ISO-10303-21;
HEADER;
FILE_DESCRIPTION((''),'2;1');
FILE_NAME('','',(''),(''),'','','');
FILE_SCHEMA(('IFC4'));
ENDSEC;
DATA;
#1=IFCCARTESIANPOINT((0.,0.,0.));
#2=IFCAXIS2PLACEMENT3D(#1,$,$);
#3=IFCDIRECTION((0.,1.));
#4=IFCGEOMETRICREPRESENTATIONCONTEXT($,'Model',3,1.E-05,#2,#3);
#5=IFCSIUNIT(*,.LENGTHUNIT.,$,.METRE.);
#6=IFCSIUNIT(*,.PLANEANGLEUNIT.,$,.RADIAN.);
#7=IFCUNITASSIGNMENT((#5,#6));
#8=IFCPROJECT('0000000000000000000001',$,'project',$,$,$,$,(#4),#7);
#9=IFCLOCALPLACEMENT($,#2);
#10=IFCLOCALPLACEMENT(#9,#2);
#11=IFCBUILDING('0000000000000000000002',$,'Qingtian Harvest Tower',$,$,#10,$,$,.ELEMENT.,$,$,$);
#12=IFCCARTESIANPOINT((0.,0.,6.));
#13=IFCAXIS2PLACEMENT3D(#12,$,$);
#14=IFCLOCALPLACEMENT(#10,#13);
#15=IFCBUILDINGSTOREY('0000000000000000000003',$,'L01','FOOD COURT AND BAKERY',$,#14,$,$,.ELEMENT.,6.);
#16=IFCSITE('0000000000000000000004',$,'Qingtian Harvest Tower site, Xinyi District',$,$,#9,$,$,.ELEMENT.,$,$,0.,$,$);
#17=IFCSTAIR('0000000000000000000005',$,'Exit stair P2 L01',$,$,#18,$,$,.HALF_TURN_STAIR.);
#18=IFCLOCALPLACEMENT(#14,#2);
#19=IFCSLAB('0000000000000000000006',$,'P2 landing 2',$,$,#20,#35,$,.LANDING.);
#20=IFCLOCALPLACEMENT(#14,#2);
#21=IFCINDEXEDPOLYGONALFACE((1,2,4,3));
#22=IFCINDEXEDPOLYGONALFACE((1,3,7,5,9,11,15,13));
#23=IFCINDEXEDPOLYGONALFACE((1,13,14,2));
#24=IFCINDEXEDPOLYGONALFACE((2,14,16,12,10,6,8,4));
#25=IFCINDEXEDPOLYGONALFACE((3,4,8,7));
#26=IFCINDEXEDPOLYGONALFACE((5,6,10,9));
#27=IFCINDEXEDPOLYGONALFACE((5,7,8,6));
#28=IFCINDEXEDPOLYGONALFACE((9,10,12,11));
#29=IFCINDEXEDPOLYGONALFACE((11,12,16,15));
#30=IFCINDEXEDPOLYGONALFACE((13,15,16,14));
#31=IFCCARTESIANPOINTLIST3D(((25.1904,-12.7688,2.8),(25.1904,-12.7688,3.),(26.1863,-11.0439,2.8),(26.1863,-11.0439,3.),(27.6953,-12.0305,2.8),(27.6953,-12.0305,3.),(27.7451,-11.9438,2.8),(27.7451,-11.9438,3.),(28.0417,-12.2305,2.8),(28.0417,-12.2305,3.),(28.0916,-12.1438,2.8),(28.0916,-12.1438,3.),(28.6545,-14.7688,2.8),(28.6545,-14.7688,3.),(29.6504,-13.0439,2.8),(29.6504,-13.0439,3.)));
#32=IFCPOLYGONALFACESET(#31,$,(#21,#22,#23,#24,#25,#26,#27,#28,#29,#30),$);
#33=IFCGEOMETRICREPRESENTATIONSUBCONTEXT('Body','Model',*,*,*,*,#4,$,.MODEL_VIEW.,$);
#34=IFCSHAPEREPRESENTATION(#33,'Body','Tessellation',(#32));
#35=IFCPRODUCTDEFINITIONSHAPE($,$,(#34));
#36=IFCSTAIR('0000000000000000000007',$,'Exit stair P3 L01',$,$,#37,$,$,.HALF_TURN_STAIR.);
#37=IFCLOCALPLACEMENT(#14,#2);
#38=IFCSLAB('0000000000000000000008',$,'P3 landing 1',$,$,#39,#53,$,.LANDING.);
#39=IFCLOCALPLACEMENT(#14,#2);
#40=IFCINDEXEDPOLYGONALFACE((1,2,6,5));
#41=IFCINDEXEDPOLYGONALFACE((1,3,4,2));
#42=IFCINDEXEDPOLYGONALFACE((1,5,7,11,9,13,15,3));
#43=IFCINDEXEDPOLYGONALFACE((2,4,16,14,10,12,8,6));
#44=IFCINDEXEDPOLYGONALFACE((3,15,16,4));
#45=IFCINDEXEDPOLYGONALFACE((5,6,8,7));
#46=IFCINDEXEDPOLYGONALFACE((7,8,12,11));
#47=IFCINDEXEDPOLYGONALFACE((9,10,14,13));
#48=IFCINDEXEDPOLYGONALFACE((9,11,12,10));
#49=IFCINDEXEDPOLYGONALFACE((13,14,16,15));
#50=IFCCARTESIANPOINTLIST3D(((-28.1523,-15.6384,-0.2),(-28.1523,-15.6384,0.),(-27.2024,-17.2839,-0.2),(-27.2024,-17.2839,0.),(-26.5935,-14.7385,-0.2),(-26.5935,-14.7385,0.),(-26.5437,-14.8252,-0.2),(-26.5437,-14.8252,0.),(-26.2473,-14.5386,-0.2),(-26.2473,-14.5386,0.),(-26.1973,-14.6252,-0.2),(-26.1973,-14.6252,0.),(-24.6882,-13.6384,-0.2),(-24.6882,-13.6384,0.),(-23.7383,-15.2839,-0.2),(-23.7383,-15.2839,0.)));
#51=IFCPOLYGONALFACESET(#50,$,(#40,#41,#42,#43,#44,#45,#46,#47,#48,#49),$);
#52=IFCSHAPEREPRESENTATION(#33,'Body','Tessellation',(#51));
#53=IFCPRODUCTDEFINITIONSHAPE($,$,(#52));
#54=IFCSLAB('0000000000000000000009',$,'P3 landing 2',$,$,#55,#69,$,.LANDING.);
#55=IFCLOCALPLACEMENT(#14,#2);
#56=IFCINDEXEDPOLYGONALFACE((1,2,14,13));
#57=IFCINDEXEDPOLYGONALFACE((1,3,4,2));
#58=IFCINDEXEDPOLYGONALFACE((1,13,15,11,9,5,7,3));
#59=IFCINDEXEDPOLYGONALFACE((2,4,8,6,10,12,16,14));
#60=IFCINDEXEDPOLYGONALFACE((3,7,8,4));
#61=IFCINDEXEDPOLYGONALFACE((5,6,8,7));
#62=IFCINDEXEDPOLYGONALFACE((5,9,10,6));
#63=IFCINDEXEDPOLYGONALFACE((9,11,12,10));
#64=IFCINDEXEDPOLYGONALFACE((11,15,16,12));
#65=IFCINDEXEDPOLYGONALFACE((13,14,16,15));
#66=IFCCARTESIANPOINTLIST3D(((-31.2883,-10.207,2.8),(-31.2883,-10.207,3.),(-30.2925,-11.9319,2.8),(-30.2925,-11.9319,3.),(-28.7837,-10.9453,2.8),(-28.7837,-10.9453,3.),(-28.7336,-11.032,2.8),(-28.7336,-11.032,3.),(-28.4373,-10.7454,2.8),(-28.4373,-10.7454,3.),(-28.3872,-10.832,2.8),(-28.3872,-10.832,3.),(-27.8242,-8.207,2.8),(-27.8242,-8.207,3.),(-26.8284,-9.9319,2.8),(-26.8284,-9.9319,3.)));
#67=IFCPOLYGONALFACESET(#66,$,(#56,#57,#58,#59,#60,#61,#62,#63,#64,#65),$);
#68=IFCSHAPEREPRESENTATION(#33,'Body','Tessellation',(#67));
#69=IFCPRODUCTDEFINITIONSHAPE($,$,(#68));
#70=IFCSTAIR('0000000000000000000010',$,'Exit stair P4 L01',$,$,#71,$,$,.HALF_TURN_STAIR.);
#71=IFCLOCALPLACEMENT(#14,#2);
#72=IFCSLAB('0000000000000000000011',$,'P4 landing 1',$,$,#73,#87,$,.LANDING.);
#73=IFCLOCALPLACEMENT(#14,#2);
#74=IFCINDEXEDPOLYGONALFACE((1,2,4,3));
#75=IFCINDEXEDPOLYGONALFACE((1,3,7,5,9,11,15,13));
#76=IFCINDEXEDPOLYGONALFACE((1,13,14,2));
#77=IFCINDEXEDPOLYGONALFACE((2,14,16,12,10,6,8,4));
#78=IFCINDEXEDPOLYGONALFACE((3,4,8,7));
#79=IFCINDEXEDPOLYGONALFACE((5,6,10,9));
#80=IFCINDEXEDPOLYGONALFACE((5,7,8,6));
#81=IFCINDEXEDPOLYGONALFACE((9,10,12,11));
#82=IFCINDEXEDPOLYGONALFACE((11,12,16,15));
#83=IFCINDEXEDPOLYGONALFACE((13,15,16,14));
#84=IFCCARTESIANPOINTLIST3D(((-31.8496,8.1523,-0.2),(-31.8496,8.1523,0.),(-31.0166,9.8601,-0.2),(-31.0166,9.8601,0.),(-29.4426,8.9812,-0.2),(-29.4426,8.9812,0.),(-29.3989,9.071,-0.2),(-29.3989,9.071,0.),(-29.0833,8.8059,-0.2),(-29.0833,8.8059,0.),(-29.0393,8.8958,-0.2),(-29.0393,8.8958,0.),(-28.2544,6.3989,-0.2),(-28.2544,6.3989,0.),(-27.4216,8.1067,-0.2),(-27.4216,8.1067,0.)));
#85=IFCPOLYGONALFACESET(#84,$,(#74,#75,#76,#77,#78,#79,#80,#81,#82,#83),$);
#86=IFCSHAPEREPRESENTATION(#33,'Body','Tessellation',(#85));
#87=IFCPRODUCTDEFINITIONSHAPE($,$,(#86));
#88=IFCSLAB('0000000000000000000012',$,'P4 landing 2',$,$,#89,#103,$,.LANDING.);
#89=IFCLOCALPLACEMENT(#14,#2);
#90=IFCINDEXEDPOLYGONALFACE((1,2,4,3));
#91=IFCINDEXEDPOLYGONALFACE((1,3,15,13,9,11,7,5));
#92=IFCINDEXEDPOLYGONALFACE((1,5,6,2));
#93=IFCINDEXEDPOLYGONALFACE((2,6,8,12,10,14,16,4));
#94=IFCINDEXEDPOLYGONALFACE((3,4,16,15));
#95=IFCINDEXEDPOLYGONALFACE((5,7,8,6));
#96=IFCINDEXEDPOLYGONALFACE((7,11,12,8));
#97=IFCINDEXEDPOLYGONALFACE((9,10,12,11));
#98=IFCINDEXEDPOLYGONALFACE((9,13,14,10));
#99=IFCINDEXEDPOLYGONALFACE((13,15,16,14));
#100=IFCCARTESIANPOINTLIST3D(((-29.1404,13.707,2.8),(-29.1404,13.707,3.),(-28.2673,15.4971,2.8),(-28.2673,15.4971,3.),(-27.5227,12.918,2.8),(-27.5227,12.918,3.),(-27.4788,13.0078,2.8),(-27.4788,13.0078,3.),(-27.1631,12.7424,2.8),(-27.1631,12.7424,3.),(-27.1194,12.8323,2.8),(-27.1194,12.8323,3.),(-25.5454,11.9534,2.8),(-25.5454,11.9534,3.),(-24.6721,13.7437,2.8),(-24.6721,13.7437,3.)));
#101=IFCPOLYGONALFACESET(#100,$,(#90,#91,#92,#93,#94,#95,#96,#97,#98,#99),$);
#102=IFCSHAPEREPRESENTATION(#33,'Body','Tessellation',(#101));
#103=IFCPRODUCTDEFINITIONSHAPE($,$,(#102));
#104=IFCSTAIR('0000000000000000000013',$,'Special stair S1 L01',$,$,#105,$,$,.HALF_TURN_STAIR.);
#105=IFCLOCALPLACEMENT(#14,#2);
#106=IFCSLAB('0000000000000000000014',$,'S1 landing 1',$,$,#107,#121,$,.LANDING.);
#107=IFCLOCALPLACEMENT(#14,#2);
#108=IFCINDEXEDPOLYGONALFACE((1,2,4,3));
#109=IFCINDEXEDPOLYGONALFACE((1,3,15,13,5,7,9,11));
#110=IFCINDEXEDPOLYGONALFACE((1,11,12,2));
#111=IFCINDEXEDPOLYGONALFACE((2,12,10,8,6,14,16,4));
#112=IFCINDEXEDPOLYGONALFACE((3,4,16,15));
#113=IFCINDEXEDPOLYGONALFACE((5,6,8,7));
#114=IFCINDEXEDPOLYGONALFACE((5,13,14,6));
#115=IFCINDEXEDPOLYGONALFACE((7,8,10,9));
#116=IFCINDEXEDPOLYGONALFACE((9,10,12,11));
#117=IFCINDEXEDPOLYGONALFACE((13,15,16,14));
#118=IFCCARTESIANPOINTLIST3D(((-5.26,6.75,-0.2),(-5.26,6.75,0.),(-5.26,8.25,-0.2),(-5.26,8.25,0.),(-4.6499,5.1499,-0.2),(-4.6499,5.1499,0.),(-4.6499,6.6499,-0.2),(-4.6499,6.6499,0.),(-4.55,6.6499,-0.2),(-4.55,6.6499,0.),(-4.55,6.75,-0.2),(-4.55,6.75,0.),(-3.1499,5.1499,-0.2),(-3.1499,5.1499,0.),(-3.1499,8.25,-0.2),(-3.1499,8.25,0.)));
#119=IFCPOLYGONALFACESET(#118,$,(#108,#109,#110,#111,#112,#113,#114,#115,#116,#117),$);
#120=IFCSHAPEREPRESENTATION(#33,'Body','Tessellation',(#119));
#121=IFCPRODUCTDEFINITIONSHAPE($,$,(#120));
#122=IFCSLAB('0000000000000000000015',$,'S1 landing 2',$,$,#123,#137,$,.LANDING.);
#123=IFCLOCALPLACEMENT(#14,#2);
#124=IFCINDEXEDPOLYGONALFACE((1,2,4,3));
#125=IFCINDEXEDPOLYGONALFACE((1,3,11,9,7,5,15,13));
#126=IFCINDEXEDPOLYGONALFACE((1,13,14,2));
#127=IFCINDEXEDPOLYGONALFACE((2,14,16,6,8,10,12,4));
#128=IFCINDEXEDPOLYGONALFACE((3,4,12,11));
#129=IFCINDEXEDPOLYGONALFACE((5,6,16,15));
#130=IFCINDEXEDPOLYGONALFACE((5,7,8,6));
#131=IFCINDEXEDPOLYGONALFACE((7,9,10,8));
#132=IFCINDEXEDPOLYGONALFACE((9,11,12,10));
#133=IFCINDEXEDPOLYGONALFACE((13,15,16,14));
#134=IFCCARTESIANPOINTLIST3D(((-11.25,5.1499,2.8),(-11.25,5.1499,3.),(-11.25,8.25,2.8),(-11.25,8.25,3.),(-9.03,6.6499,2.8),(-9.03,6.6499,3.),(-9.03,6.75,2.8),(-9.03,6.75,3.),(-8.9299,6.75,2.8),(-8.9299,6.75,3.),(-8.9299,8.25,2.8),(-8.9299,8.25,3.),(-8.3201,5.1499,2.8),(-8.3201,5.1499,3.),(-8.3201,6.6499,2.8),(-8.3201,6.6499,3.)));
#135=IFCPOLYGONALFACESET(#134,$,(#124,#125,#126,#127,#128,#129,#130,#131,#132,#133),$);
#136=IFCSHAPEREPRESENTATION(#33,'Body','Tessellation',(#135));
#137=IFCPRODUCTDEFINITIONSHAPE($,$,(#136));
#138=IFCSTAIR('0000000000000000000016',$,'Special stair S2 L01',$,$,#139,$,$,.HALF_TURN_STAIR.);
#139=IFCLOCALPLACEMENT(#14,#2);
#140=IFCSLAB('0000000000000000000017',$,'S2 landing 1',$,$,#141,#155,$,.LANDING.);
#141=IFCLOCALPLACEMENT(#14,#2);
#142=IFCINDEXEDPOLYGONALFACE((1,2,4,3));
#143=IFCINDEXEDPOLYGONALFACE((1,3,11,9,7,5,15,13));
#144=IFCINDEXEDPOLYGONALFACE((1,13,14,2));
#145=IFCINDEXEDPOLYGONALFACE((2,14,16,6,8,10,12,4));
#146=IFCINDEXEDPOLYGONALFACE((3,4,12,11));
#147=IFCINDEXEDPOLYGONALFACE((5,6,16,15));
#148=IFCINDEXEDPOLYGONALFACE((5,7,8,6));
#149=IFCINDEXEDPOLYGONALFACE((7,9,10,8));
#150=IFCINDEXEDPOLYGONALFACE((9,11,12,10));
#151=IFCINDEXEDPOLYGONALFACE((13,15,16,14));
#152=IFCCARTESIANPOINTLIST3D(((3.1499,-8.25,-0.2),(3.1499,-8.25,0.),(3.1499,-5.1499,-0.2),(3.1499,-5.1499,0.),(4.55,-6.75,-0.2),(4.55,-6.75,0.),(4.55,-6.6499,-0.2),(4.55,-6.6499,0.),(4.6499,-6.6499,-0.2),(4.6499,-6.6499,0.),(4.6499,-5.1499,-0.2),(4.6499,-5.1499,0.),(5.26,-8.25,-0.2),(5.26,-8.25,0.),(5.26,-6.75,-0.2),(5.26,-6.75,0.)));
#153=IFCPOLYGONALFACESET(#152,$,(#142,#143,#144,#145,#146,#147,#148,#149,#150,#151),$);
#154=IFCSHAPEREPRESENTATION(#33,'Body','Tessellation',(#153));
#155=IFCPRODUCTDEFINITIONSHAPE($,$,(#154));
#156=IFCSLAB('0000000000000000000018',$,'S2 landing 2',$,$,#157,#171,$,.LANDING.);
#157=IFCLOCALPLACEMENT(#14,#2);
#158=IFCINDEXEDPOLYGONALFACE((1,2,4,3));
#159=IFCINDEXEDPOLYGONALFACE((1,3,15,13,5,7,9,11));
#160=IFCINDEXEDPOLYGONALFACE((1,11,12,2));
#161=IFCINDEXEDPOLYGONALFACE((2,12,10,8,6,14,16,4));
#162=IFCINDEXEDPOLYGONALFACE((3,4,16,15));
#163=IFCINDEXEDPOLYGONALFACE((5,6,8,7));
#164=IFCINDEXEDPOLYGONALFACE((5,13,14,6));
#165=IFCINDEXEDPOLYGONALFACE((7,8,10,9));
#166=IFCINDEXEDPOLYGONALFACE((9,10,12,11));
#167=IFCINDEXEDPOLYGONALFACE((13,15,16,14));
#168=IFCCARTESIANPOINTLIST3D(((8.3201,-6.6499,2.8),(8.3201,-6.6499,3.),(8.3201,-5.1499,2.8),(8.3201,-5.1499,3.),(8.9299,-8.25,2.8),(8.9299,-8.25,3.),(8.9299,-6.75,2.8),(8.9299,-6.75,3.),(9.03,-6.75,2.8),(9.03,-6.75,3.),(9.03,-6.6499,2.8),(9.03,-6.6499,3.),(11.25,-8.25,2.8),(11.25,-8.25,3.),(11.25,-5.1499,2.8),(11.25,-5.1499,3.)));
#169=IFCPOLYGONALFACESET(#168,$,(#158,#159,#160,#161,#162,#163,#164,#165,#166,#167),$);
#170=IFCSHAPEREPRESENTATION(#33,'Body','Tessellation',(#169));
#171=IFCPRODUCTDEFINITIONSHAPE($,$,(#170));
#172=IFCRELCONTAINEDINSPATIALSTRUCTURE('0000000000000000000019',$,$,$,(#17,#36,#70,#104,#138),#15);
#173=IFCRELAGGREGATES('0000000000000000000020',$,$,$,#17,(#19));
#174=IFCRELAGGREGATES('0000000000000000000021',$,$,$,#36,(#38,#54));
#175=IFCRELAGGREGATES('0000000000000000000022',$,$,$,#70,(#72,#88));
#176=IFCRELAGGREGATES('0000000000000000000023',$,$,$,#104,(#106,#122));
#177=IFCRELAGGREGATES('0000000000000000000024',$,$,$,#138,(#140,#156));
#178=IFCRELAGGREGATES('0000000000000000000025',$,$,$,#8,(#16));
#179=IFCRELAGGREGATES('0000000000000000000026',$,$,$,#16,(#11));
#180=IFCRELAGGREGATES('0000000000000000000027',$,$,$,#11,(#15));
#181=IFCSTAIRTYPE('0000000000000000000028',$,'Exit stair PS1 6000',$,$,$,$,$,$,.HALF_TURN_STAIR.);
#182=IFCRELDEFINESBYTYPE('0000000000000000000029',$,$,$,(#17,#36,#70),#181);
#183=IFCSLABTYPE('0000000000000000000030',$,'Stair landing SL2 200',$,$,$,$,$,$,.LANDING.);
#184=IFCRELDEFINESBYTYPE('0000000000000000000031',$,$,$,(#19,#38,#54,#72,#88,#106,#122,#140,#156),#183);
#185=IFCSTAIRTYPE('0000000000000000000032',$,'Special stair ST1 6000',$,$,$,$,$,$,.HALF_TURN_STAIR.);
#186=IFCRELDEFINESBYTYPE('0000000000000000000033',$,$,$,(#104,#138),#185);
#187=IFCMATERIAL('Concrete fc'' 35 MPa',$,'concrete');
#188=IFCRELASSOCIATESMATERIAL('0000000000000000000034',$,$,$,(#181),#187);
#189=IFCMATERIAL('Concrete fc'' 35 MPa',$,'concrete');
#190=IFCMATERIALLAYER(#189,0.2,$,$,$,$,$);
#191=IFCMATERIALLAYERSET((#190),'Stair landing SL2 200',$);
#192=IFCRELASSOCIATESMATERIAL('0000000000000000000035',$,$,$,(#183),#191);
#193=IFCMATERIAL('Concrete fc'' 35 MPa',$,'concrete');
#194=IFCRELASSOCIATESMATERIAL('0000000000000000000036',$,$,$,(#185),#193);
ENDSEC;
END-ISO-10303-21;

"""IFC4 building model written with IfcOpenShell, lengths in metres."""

from ifc_helpers import new_model, si_unit, direction, frame, origin, place, context, subcontext, project, spatial, polyline, outline, extrude, material, layer, layer_set, type_object, element, aggregate, save


model = new_model("IFC4")

# Units and contexts
model_context = context("Model", 3, precision=1e-05, world=origin(), true_north=direction((0.0, 1.0)))
body_context = subcontext(model_context, "Body", "Model", "MODEL_VIEW")
ifc_project = project(units=[si_unit("LENGTHUNIT", "METRE"), si_unit("PLANEANGLEUNIT", "RADIAN")], contexts=[model_context])

# Site, building, storey
site_placement = place(None, origin())
site = spatial("IfcSite", under=ifc_project, at=site_placement, Name="Qingtian Harvest Tower site, Xinyi District", CompositionType="ELEMENT", RefElevation=0.0)
building_placement = place(site_placement, origin())
building = spatial("IfcBuilding", under=site, at=building_placement, Name="Qingtian Harvest Tower", CompositionType="ELEMENT")
storey_placement = place(building_placement, frame((0.0, 0.0, 6.0)))
storey = spatial("IfcBuildingStorey", under=building, at=storey_placement, Name="L01", Description="FOOD COURT AND BAKERY", CompositionType="ELEMENT", Elevation=6.0)

# Stairs, slabs
ifc_material_1 = material(Name="Concrete fc' 35 MPa", Category="concrete")
stair_type_1 = type_object("IfcStairType", Name="Exit stair PS1 6000", PredefinedType="HALF_TURN_STAIR", material=ifc_material_1)
ifc_material_2 = material(Name="Concrete fc' 35 MPa", Category="concrete")
ifc_layer_1 = layer(ifc_material_2, 0.2)
ifc_layer_set_1 = layer_set([ifc_layer_1], Name="Stair landing SL2 200")
slab_type_1 = type_object("IfcSlabType", Name="Stair landing SL2 200", PredefinedType="LANDING", material=ifc_layer_set_1)
stair_1_placement = place(storey_placement, origin())
stair_1 = element("IfcStair", 1, at=stair_1_placement, inside=storey, type_object=stair_type_1, Name="Exit stair P2 L01", PredefinedType="HALF_TURN_STAIR")
slab_1_placement = place(storey_placement, frame((0.0, 0.0, 2.8)))
slab_1 = element("IfcSlab", 2, at=slab_1_placement, type_object=slab_type_1, Name="P2 landing 2", PredefinedType="LANDING", context=body_context, shape_type="SweptSolid", body=[
    extrude(outline(polyline([(25.1904, -12.7688), (26.1863, -11.0439), (27.7451, -11.9438), (27.6953, -12.0305), (28.0417, -12.2305), (28.0916, -12.1438), (29.6504, -13.0439), (28.6545, -14.7688), (25.1904, -12.7688)])), origin(), (0.0, 0.0, 1.0), 0.2),
])
aggregate(stair_1, [slab_1])
stair_2_placement = place(storey_placement, origin())
stair_2 = element("IfcStair", 3, at=stair_2_placement, inside=storey, type_object=stair_type_1, Name="Exit stair P3 L01", PredefinedType="HALF_TURN_STAIR")
slab_2_placement = place(storey_placement, frame((0.0, 0.0, -0.2)))
slab_2 = element("IfcSlab", 4, at=slab_2_placement, type_object=slab_type_1, Name="P3 landing 1", PredefinedType="LANDING", context=body_context, shape_type="SweptSolid", body=[
    extrude(outline(polyline([(-28.1523, -15.6384), (-26.5935, -14.7385), (-26.5437, -14.8252), (-26.1973, -14.6252), (-26.2473, -14.5386), (-24.6882, -13.6384), (-23.7383, -15.2839), (-27.2024, -17.2839), (-28.1523, -15.6384)])), origin(), (0.0, 0.0, 1.0), 0.2),
])
slab_3_placement = place(storey_placement, frame((0.0, 0.0, 2.8)))
slab_3 = element("IfcSlab", 5, at=slab_3_placement, type_object=slab_type_1, Name="P3 landing 2", PredefinedType="LANDING", context=body_context, shape_type="SweptSolid", body=[
    extrude(outline(polyline([(-27.8242, -8.207), (-26.8284, -9.9319), (-28.3872, -10.832), (-28.4373, -10.7454), (-28.7837, -10.9453), (-28.7336, -11.032), (-30.2925, -11.9319), (-31.2883, -10.207), (-27.8242, -8.207)])), origin(), (0.0, 0.0, 1.0), 0.2),
])
aggregate(stair_2, [slab_2, slab_3])
stair_3_placement = place(storey_placement, origin())
stair_3 = element("IfcStair", 6, at=stair_3_placement, inside=storey, type_object=stair_type_1, Name="Exit stair P4 L01", PredefinedType="HALF_TURN_STAIR")
slab_4_placement = place(storey_placement, frame((0.0, 0.0, -0.2)))
slab_4 = element("IfcSlab", 7, at=slab_4_placement, type_object=slab_type_1, Name="P4 landing 1", PredefinedType="LANDING", context=body_context, shape_type="SweptSolid", body=[
    extrude(outline(polyline([(-31.0166, 9.8601), (-29.3989, 9.071), (-29.4426, 8.9812), (-29.0833, 8.8059), (-29.0393, 8.8958), (-27.4216, 8.1067), (-28.2544, 6.3989), (-31.8496, 8.1523), (-31.0166, 9.8601)])), origin(), (0.0, 0.0, 1.0), 0.2),
])
slab_5_placement = place(storey_placement, frame((0.0, 0.0, 2.8)))
slab_5 = element("IfcSlab", 8, at=slab_5_placement, type_object=slab_type_1, Name="P4 landing 2", PredefinedType="LANDING", context=body_context, shape_type="SweptSolid", body=[
    extrude(outline(polyline([(-24.6721, 13.7437), (-25.5454, 11.9534), (-27.1631, 12.7424), (-27.1194, 12.8323), (-27.4788, 13.0078), (-27.5227, 12.918), (-29.1404, 13.707), (-28.2673, 15.4971), (-24.6721, 13.7437)])), origin(), (0.0, 0.0, 1.0), 0.2),
])
aggregate(stair_3, [slab_4, slab_5])
ifc_material_3 = material(Name="Concrete fc' 35 MPa", Category="concrete")
stair_type_2 = type_object("IfcStairType", Name="Special stair ST1 6000", PredefinedType="HALF_TURN_STAIR", material=ifc_material_3)
stair_4_placement = place(storey_placement, origin())
stair_4 = element("IfcStair", 9, at=stair_4_placement, inside=storey, type_object=stair_type_2, Name="Special stair S1 L01", PredefinedType="HALF_TURN_STAIR")
slab_6_placement = place(storey_placement, frame((0.0, 0.0, -0.2)))
slab_6 = element("IfcSlab", 10, at=slab_6_placement, type_object=slab_type_1, Name="S1 landing 1", PredefinedType="LANDING", context=body_context, shape_type="SweptSolid", body=[
    extrude(outline(polyline([(-4.6499, 5.1499), (-4.6499, 6.6499), (-4.55, 6.6499), (-4.55, 6.75), (-5.26, 6.75), (-5.26, 8.25), (-3.1499, 8.25), (-3.1499, 5.1499), (-4.6499, 5.1499)])), origin(), (0.0, 0.0, 1.0), 0.2),
])
slab_7_placement = place(storey_placement, frame((0.0, 0.0, 2.8)))
slab_7 = element("IfcSlab", 11, at=slab_7_placement, type_object=slab_type_1, Name="S1 landing 2", PredefinedType="LANDING", context=body_context, shape_type="SweptSolid", body=[
    extrude(outline(polyline([(-8.3201, 5.1499), (-11.25, 5.1499), (-11.25, 8.25), (-8.9299, 8.25), (-8.9299, 6.75), (-9.03, 6.75), (-9.03, 6.6499), (-8.3201, 6.6499), (-8.3201, 5.1499)])), origin(), (0.0, 0.0, 1.0), 0.2),
])
aggregate(stair_4, [slab_6, slab_7])
stair_5_placement = place(storey_placement, origin())
stair_5 = element("IfcStair", 12, at=stair_5_placement, inside=storey, type_object=stair_type_2, Name="Special stair S2 L01", PredefinedType="HALF_TURN_STAIR")
slab_8_placement = place(storey_placement, frame((0.0, 0.0, -0.2)))
slab_8 = element("IfcSlab", 13, at=slab_8_placement, type_object=slab_type_1, Name="S2 landing 1", PredefinedType="LANDING", context=body_context, shape_type="SweptSolid", body=[
    extrude(outline(polyline([(5.26, -8.25), (3.1499, -8.25), (3.1499, -5.1499), (4.6499, -5.1499), (4.6499, -6.6499), (4.55, -6.6499), (4.55, -6.75), (5.26, -6.75), (5.26, -8.25)])), origin(), (0.0, 0.0, 1.0), 0.2),
])
slab_9_placement = place(storey_placement, frame((0.0, 0.0, 2.8)))
slab_9 = element("IfcSlab", 14, at=slab_9_placement, type_object=slab_type_1, Name="S2 landing 2", PredefinedType="LANDING", context=body_context, shape_type="SweptSolid", body=[
    extrude(outline(polyline([(8.9299, -8.25), (8.9299, -6.75), (9.03, -6.75), (9.03, -6.6499), (8.3201, -6.6499), (8.3201, -5.1499), (11.25, -5.1499), (11.25, -8.25), (8.9299, -8.25)])), origin(), (0.0, 0.0, 1.0), 0.2),
])
aggregate(stair_5, [slab_8, slab_9])

save(model, "model.ifc")
